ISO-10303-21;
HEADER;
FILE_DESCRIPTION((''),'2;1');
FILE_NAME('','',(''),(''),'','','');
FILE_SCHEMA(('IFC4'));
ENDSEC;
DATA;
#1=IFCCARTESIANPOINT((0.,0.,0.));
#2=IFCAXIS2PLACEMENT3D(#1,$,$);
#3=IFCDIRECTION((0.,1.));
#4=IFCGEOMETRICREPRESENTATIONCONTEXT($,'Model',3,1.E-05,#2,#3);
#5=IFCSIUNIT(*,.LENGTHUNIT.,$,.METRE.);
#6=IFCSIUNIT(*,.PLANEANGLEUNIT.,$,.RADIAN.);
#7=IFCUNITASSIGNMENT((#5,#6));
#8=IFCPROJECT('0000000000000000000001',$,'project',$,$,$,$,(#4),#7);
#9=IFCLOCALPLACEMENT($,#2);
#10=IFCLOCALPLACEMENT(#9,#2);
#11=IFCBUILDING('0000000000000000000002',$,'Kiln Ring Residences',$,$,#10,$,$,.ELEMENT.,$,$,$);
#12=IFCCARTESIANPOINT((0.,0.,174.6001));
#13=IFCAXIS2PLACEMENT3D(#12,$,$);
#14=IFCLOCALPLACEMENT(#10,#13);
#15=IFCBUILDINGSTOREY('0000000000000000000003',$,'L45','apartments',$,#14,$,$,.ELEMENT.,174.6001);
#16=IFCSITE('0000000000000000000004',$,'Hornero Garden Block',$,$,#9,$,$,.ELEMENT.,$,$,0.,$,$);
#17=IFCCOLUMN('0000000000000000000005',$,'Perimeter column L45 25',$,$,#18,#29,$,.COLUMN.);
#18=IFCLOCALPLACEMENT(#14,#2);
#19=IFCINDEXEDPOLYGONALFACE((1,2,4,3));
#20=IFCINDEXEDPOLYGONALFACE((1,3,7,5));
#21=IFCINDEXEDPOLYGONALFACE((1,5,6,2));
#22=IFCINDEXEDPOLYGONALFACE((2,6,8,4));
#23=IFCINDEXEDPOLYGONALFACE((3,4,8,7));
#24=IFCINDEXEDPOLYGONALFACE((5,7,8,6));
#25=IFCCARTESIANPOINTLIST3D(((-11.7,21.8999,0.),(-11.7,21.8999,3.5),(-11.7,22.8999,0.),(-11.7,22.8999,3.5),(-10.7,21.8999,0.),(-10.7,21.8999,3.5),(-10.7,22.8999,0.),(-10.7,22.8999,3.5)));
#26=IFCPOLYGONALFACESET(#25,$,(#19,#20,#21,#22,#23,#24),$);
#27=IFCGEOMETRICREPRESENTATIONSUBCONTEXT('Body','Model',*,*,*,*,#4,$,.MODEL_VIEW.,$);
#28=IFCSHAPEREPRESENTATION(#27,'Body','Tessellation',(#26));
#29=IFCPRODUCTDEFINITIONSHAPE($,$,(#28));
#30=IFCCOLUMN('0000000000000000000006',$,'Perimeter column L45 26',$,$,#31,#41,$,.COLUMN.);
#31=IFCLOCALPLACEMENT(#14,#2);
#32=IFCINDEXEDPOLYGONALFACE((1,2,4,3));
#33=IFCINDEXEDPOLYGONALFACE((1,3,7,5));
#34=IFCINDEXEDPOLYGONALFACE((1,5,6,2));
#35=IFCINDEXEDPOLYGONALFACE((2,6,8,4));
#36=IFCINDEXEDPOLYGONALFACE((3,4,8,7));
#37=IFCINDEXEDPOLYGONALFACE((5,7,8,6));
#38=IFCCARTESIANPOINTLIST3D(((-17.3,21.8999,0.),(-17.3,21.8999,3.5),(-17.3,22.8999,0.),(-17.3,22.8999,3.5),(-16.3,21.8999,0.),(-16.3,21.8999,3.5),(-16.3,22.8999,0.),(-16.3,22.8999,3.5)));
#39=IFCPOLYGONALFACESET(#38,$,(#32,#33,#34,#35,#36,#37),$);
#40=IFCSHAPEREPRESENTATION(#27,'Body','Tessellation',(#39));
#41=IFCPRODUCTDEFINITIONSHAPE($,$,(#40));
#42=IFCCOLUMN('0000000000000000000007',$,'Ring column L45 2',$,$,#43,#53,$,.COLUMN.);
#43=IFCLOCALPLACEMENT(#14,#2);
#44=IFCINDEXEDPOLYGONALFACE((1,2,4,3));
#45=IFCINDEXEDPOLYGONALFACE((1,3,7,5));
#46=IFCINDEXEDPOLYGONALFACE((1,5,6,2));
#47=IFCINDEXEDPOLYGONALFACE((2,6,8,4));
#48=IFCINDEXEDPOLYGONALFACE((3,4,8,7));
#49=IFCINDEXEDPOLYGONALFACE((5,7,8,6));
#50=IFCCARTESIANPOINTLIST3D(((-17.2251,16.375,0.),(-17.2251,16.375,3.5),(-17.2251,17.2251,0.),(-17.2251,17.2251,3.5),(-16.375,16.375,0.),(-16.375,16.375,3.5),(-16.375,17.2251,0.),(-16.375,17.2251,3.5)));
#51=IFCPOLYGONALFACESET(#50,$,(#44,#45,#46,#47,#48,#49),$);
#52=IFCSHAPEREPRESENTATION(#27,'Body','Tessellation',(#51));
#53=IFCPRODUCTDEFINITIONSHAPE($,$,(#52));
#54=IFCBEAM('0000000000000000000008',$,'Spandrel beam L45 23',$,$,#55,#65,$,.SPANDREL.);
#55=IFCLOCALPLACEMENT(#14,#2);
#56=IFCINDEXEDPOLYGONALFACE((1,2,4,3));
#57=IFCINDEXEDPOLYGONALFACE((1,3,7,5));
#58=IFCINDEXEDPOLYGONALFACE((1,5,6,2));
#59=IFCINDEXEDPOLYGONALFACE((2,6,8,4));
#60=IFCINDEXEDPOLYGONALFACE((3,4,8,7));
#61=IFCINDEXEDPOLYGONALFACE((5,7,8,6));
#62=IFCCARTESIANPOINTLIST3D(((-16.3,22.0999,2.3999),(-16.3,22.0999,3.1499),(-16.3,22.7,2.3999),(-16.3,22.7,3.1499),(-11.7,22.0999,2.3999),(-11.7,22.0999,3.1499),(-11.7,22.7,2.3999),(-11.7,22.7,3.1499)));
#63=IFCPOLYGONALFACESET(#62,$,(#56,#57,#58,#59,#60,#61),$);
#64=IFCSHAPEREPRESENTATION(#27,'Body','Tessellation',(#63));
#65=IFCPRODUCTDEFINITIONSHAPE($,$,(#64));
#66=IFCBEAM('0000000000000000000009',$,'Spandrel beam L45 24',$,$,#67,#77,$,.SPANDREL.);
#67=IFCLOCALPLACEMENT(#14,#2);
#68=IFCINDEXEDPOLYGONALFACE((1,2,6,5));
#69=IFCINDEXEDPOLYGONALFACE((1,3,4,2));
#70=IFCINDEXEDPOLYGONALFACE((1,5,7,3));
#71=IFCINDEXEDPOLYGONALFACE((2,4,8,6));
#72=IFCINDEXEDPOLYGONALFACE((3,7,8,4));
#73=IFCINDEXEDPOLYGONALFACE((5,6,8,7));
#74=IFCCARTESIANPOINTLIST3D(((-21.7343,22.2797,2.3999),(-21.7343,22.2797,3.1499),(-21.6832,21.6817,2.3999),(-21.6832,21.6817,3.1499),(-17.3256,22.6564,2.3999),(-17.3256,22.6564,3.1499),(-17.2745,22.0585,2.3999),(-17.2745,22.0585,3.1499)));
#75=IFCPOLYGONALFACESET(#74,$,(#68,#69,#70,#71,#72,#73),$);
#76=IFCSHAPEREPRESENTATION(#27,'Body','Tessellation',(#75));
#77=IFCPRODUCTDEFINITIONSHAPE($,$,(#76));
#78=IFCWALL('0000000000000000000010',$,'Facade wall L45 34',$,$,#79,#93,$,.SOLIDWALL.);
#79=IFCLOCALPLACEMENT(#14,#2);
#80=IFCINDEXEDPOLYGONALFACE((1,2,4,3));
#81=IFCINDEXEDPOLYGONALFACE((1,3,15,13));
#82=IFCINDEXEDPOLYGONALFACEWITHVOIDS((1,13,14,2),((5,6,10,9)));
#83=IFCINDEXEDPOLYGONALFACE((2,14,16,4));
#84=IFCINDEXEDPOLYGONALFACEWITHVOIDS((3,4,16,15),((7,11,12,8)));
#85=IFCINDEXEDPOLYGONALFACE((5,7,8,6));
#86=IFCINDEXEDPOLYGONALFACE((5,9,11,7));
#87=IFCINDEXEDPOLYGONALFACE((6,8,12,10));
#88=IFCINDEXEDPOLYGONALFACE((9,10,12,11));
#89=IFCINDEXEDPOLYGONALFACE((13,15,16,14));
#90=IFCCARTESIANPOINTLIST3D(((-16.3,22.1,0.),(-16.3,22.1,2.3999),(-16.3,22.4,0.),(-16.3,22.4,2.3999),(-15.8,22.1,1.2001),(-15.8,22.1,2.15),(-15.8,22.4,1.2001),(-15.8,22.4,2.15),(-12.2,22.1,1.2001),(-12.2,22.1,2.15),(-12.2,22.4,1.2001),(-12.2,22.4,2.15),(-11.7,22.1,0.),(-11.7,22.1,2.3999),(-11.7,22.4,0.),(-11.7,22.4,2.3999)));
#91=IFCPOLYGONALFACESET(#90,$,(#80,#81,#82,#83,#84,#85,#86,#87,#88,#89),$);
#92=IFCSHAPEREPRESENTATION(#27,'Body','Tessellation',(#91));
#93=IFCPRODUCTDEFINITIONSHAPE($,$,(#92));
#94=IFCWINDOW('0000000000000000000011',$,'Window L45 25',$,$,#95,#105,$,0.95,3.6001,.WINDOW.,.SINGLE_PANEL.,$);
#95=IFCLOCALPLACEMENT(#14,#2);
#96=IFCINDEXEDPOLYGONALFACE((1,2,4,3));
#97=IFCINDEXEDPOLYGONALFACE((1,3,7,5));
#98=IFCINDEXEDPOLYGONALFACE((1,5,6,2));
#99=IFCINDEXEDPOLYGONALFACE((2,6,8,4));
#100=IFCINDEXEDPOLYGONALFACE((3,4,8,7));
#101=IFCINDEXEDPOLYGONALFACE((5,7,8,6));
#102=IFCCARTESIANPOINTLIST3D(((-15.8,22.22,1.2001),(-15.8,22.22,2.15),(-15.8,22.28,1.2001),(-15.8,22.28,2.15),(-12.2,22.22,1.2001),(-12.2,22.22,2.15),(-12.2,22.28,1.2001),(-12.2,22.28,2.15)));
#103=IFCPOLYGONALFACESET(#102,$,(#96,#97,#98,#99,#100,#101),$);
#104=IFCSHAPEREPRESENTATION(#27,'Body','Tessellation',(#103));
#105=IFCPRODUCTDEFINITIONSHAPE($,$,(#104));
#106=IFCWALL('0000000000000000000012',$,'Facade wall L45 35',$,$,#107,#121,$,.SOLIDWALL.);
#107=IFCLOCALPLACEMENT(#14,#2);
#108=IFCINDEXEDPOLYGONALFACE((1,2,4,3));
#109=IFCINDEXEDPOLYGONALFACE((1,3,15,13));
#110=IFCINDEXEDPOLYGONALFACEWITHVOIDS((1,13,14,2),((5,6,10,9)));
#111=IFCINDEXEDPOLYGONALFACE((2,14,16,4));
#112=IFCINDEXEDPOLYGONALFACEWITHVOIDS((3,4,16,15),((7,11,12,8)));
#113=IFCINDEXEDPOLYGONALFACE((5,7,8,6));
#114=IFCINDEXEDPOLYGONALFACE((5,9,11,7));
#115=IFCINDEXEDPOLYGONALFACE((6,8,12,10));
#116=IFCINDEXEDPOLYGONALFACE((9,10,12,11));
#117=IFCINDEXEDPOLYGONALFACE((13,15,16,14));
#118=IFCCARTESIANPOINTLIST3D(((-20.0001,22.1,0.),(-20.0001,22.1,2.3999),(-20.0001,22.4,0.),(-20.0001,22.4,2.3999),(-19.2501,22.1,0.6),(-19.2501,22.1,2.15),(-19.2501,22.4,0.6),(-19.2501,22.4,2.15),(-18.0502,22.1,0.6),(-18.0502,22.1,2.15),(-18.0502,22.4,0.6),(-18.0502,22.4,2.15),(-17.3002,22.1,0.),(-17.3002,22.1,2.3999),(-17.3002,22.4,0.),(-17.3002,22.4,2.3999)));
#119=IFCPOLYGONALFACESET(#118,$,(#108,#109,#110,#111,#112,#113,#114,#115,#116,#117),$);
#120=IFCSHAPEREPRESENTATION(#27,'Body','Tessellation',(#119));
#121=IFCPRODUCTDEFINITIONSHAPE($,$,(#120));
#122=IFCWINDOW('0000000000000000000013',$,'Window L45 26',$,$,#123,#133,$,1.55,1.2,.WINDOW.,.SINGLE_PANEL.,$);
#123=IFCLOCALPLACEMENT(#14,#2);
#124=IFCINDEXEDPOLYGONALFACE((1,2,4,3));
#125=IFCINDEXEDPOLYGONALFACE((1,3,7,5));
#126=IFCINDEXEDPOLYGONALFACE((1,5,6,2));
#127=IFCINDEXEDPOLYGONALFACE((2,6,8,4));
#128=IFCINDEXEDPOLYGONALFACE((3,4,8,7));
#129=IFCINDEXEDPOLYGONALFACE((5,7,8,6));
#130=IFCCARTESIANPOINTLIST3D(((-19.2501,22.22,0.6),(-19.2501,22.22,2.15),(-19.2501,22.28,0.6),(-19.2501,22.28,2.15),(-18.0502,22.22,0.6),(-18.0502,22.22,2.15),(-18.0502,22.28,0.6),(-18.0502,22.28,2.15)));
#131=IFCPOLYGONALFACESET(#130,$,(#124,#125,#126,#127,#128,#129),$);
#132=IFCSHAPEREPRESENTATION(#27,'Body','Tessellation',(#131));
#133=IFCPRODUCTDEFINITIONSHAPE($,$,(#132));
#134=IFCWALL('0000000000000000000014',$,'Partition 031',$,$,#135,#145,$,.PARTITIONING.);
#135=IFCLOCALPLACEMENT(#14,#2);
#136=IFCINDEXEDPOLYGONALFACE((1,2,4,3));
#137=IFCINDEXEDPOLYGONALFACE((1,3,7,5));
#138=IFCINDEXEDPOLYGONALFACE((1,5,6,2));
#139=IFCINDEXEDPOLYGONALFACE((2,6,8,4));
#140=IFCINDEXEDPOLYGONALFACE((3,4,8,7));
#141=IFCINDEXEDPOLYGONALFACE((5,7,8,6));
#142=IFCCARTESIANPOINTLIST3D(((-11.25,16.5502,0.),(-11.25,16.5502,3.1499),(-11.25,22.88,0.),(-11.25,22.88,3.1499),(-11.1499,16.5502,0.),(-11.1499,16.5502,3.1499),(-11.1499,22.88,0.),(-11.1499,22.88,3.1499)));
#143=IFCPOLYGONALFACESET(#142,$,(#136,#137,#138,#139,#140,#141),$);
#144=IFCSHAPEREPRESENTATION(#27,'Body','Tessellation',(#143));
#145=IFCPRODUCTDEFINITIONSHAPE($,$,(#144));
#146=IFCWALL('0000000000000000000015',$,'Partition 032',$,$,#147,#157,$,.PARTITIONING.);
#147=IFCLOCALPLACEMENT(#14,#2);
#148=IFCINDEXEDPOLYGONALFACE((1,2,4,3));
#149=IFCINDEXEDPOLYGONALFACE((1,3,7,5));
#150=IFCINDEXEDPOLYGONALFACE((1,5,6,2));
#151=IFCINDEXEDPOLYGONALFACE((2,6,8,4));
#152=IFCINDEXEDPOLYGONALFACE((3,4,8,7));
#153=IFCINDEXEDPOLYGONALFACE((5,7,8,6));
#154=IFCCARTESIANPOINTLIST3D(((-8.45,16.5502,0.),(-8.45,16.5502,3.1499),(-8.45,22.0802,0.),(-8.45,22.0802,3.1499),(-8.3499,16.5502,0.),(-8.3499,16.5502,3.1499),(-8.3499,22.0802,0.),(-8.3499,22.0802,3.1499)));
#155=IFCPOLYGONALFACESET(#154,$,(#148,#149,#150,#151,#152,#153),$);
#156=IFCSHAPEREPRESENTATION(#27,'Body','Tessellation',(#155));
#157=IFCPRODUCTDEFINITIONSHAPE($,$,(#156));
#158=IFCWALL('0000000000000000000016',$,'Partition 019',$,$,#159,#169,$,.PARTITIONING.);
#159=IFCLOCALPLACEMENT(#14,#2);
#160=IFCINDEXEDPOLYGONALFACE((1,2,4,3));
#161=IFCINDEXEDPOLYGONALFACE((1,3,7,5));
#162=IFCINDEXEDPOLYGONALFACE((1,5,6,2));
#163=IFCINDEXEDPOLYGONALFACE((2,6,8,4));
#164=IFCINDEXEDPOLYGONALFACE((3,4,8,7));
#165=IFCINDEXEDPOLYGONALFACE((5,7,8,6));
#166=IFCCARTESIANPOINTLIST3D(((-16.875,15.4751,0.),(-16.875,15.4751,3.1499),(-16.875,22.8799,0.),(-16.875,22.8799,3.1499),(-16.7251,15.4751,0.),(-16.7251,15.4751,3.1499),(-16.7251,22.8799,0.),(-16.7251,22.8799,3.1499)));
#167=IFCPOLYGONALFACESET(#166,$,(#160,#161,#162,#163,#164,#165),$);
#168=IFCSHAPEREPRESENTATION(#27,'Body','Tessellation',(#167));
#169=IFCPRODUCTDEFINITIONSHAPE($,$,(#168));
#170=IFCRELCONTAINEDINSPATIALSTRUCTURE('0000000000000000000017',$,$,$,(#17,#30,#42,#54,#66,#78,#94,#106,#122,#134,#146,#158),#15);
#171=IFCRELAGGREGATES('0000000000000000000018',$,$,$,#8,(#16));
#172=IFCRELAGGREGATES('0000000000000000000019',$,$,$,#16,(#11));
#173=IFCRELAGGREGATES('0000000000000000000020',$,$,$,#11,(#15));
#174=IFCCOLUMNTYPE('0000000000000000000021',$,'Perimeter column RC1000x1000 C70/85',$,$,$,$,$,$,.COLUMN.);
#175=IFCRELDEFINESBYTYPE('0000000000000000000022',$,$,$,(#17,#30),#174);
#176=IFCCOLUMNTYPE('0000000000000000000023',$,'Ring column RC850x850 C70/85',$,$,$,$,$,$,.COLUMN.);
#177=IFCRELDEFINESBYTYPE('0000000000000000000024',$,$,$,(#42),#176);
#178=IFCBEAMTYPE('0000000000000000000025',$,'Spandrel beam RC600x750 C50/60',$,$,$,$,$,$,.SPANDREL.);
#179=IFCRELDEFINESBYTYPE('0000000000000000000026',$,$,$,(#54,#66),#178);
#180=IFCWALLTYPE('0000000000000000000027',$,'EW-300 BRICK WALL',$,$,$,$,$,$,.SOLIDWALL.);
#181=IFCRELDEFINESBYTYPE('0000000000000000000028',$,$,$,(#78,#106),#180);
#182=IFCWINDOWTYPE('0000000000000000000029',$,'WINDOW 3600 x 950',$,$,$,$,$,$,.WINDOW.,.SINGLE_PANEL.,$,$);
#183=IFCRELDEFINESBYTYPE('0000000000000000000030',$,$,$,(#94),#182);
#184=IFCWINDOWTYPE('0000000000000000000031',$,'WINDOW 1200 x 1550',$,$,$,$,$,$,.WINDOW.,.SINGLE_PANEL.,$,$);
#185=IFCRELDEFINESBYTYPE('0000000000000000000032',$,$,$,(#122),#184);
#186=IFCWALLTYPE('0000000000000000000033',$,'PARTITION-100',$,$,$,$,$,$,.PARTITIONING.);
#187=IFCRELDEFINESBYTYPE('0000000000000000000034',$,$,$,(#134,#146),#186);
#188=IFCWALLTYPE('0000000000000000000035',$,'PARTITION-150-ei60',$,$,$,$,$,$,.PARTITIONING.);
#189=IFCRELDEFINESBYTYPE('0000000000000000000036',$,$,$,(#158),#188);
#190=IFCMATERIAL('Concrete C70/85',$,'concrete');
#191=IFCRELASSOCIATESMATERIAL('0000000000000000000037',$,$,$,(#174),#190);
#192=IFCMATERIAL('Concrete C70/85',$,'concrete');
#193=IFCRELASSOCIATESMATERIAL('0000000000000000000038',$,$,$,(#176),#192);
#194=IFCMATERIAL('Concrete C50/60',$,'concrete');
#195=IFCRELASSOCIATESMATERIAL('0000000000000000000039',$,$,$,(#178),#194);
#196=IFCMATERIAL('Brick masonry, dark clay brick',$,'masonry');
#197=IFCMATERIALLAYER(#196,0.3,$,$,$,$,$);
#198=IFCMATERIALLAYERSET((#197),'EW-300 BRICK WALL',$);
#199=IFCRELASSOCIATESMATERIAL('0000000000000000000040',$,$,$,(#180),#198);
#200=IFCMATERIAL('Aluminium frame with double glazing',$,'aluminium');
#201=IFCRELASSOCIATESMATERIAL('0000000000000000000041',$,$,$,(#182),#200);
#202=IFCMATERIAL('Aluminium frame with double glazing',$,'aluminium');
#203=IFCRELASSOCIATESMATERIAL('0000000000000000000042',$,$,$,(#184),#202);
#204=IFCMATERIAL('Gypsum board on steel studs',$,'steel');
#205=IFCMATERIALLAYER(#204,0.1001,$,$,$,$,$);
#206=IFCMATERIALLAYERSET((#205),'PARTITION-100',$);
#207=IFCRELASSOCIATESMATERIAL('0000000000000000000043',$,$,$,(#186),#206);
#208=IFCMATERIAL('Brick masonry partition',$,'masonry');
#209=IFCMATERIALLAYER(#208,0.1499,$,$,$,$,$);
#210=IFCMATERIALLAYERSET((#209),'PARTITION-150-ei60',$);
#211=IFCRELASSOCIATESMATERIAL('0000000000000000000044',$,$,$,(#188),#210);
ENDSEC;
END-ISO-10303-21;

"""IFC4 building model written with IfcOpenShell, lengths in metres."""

from ifc_helpers import new_model, si_unit, direction, frame, frame_2d, origin, origin_2d, place, context, subcontext, project, spatial, rectangle, extrude, material, layer, layer_set, material_profile, profile_set, type_object, element, fill, save


model = new_model("IFC4")

# Units and contexts
model_context = context("Model", 3, precision=1e-05, world=origin(), true_north=direction((0.0, 1.0)))
body_context = subcontext(model_context, "Body", "Model", "MODEL_VIEW")
ifc_project = project(units=[si_unit("LENGTHUNIT", "METRE"), si_unit("PLANEANGLEUNIT", "RADIAN")], contexts=[model_context])

# Site, building, storey
site_placement = place(None, origin())
site = spatial("IfcSite", under=ifc_project, at=site_placement, Name="Hornero Garden Block", CompositionType="ELEMENT", RefElevation=0.0)
building_placement = place(site_placement, origin())
building = spatial("IfcBuilding", under=site, at=building_placement, Name="Kiln Ring Residences", CompositionType="ELEMENT")
storey_placement = place(building_placement, frame((0.0, 0.0, 174.6001)))
storey = spatial("IfcBuildingStorey", under=building, at=storey_placement, Name="L45", Description="apartments", CompositionType="ELEMENT", Elevation=174.6001)

# Columns
ifc_material_1 = material(Name="Concrete C70/85", Category="concrete")
ifc_material_profile_1 = material_profile(ifc_material_1, rectangle(XDim=1.0, YDim=1.0, at=origin_2d()), Name="RC1000x1000")
ifc_profile_set_1 = profile_set([ifc_material_profile_1], Name="Concrete C70/85")
column_type_1 = type_object("IfcColumnType", Name="Perimeter column RC1000x1000 C70/85", PredefinedType="COLUMN", material=ifc_profile_set_1)
for number, where, z_axis, x_axis, name in (
    (1, (-11.2, 22.3999, 0.0), (0.0, 0.0, 1.0), (1.0, 0.0, 0.0), "Perimeter column L45 25"),
    (2, (-16.8, 22.3999, 0.0), (0.0, 0.0, 1.0), (1.0, 0.0, 0.0), "Perimeter column L45 26"),
):
    element("IfcColumn", number, at=place(storey_placement, frame(where, z_axis=z_axis, x_axis=x_axis)), inside=storey, type_object=column_type_1, Name=name, PredefinedType="COLUMN", context=body_context, shape_type="SweptSolid", body=[
        extrude(rectangle(XDim=1.0, YDim=1.0, at=origin_2d()), origin(), (0.0, 0.0, 1.0), 3.5),
    ])
ifc_material_2 = material(Name="Concrete C70/85", Category="concrete")
ifc_material_profile_2 = material_profile(ifc_material_2, rectangle(XDim=0.8501, YDim=0.8501, at=origin_2d()), Name="RC850x850")
ifc_profile_set_2 = profile_set([ifc_material_profile_2], Name="Concrete C70/85")
column_type_2 = type_object("IfcColumnType", Name="Ring column RC850x850 C70/85", PredefinedType="COLUMN", material=ifc_profile_set_2)
column_placement = place(storey_placement, frame((-16.8, 16.8, 0.0), z_axis=(0.0, 0.0, 1.0), x_axis=(1.0, 0.0, 0.0)))
element("IfcColumn", 3, at=column_placement, inside=storey, type_object=column_type_2, Name="Ring column L45 2", PredefinedType="COLUMN", context=body_context, shape_type="SweptSolid", body=[
    extrude(rectangle(XDim=0.8501, YDim=0.8501, at=origin_2d()), origin(), (0.0, 0.0, 1.0), 3.5),
])

# Beams
ifc_material_3 = material(Name="Concrete C50/60", Category="concrete")
ifc_material_profile_3 = material_profile(ifc_material_3, rectangle(XDim=0.6001, YDim=0.75, at=origin_2d()), Name="RC600x750")
ifc_profile_set_3 = profile_set([ifc_material_profile_3], Name="Concrete C50/60")
beam_type = type_object("IfcBeamType", Name="Spandrel beam RC600x750 C50/60", PredefinedType="SPANDREL", material=ifc_profile_set_3)
beam_1_placement = place(storey_placement, frame((-11.7, 22.3999, 2.7749), z_axis=(-1.0, 0.0, 0.0), x_axis=(0.0, -1.0, 0.0)))
element("IfcBeam", 4, at=beam_1_placement, inside=storey, type_object=beam_type, Name="Spandrel beam L45 23", PredefinedType="SPANDREL", context=body_context, shape_type="SweptSolid", body=[
    extrude(rectangle(XDim=0.6001, YDim=0.75, at=origin_2d()), origin(), (0.0, 0.0, 1.0), 4.6001),
])
beam_2_placement = place(storey_placement, frame((-17.3, 22.3574, 2.7749), z_axis=(-0.996369, -0.085137, 0.0), x_axis=(0.085137, -0.996369, 0.0)))
element("IfcBeam", 5, at=beam_2_placement, inside=storey, type_object=beam_type, Name="Spandrel beam L45 24", PredefinedType="SPANDREL", context=body_context, shape_type="SweptSolid", body=[
    extrude(rectangle(XDim=0.6001, YDim=0.75, at=origin_2d()), origin(), (0.0, 0.0, 1.0), 4.4248),
])

# Walls, openings, windows
ifc_material_4 = material(Name="Brick masonry, dark clay brick", Category="masonry")
ifc_layer_1 = layer(ifc_material_4, 0.3)
ifc_layer_set_1 = layer_set([ifc_layer_1], Name="EW-300 BRICK WALL")
wall_type_1 = type_object("IfcWallType", Name="EW-300 BRICK WALL", PredefinedType="SOLIDWALL", material=ifc_layer_set_1)
wall_1_placement = place(storey_placement, frame((-11.7, 22.25, 0.0), z_axis=(0.0, 0.0, 1.0), x_axis=(-1.0, 0.0, 0.0)))
wall_1 = element("IfcWall", 6, at=wall_1_placement, inside=storey, type_object=wall_type_1, Name="Facade wall L45 34", PredefinedType="SOLIDWALL", context=body_context, shape_type="SweptSolid", body=[
    extrude(rectangle(XDim=4.6001, YDim=0.3, at=frame_2d((2.3, 0.0))), origin(), (0.0, 0.0, 1.0), 2.3999),
])
opening_1_placement = place(wall_1_placement, frame((0.5, 0.0, 1.2)))
opening_1 = element("IfcOpeningElement", 7, at=opening_1_placement, cuts=wall_1, PredefinedType="OPENING", context=body_context, shape_type="SweptSolid", body=[
    extrude(rectangle(XDim=3.6001, YDim=0.95, at=frame_2d((1.8, 0.4751))), frame((0.0, 0.1599, 0.0), z_axis=(0.0, -1.0, 0.0), x_axis=(1.0, 0.0, 0.0)), (0.0, 0.0, 1.0), 0.3201),
])
ifc_material_5 = material(Name="Aluminium frame with double glazing", Category="aluminium")
window_type_1 = type_object("IfcWindowType", Name="WINDOW 3600 x 950", PartitioningType="SINGLE_PANEL", PredefinedType="WINDOW", material=ifc_material_5)
window_1_placement = place(opening_1_placement, origin())
window_1 = element("IfcWindow", 8, at=window_1_placement, inside=storey, type_object=window_type_1, Name="Window L45 25", OverallHeight=0.95, OverallWidth=3.6001, PartitioningType="SINGLE_PANEL", PredefinedType="WINDOW", context=body_context, shape_type="SweptSolid", body=[
    extrude(rectangle(XDim=3.6001, YDim=0.95, at=frame_2d((1.8, 0.4751))), frame((0.0, 0.03, 0.0), z_axis=(0.0, -1.0, 0.0), x_axis=(1.0, 0.0, 0.0)), (0.0, 0.0, 1.0), 0.0601),
])
fill(opening_1, window_1)
wall_2_placement = place(storey_placement, frame((-17.3, 22.25, 0.0), z_axis=(0.0, 0.0, 1.0), x_axis=(-1.0, 0.0, 0.0)))
wall_2 = element("IfcWall", 9, at=wall_2_placement, inside=storey, type_object=wall_type_1, Name="Facade wall L45 35", PredefinedType="SOLIDWALL", context=body_context, shape_type="SweptSolid", body=[
    extrude(rectangle(XDim=2.7, YDim=0.3, at=frame_2d((1.3501, 0.0))), origin(), (0.0, 0.0, 1.0), 2.3999),
])
opening_2_placement = place(wall_2_placement, frame((0.75, 0.0, 0.6001)))
opening_2 = element("IfcOpeningElement", 10, at=opening_2_placement, cuts=wall_2, PredefinedType="OPENING", context=body_context, shape_type="SweptSolid", body=[
    extrude(rectangle(XDim=1.2, YDim=1.55, at=frame_2d((0.6001, 0.7749))), frame((0.0, 0.1599, 0.0), z_axis=(0.0, -1.0, 0.0), x_axis=(1.0, 0.0, 0.0)), (0.0, 0.0, 1.0), 0.3201),
])
ifc_material_6 = material(Name="Aluminium frame with double glazing", Category="aluminium")
window_type_2 = type_object("IfcWindowType", Name="WINDOW 1200 x 1550", PartitioningType="SINGLE_PANEL", PredefinedType="WINDOW", material=ifc_material_6)
window_2_placement = place(opening_2_placement, origin())
window_2 = element("IfcWindow", 11, at=window_2_placement, inside=storey, type_object=window_type_2, Name="Window L45 26", OverallHeight=1.55, OverallWidth=1.2, PartitioningType="SINGLE_PANEL", PredefinedType="WINDOW", context=body_context, shape_type="SweptSolid", body=[
    extrude(rectangle(XDim=1.2, YDim=1.55, at=frame_2d((0.6001, 0.7749))), frame((0.0, 0.03, 0.0), z_axis=(0.0, -1.0, 0.0), x_axis=(1.0, 0.0, 0.0)), (0.0, 0.0, 1.0), 0.0601),
])
fill(opening_2, window_2)

# Shared definitions
ifc_material_7 = material(Name="Gypsum board on steel studs", Category="steel")
ifc_layer_2 = layer(ifc_material_7, 0.1001)
ifc_layer_set_2 = layer_set([ifc_layer_2], Name="PARTITION-100")
wall_type_2 = type_object("IfcWallType", Name="PARTITION-100", PredefinedType="PARTITIONING", material=ifc_layer_set_2)

# Walls
wall_3_placement = place(storey_placement, frame((-11.2, 16.55, 0.0), z_axis=(0.0, 0.0, 1.0), x_axis=(0.0, 1.0, 0.0)))
element("IfcWall", 12, at=wall_3_placement, inside=storey, type_object=wall_type_2, Name="Partition 031", PredefinedType="PARTITIONING", context=body_context, shape_type="SweptSolid", body=[
    extrude(rectangle(XDim=6.3298, YDim=0.1001, at=frame_2d((3.165, 0.0))), origin(), (0.0, 0.0, 1.0), 3.1499),
])
wall_4_placement = place(storey_placement, frame((-8.3999, 16.55, 0.0), z_axis=(0.0, 0.0, 1.0), x_axis=(0.0, 1.0, 0.0)))
element("IfcWall", 13, at=wall_4_placement, inside=storey, type_object=wall_type_2, Name="Partition 032", PredefinedType="PARTITIONING", context=body_context, shape_type="SweptSolid", body=[
    extrude(rectangle(XDim=5.53, YDim=0.1001, at=frame_2d((2.7651, 0.0))), origin(), (0.0, 0.0, 1.0), 3.1499),
])
ifc_material_8 = material(Name="Brick masonry partition", Category="masonry")
ifc_layer_3 = layer(ifc_material_8, 0.1499)
ifc_layer_set_3 = layer_set([ifc_layer_3], Name="PARTITION-150-ei60")
wall_type_3 = type_object("IfcWallType", Name="PARTITION-150-ei60", PredefinedType="PARTITIONING", material=ifc_layer_set_3)
wall_5_placement = place(storey_placement, frame((-16.8, 15.4751, 0.0), z_axis=(0.0, 0.0, 1.0), x_axis=(0.0, 1.0, 0.0)))
element("IfcWall", 14, at=wall_5_placement, inside=storey, type_object=wall_type_3, Name="Partition 019", PredefinedType="PARTITIONING", context=body_context, shape_type="SweptSolid", body=[
    extrude(rectangle(XDim=7.4048, YDim=0.1499, at=frame_2d((3.7024, 0.0))), origin(), (0.0, 0.0, 1.0), 3.1499),
])

save(model, "model.ifc")
